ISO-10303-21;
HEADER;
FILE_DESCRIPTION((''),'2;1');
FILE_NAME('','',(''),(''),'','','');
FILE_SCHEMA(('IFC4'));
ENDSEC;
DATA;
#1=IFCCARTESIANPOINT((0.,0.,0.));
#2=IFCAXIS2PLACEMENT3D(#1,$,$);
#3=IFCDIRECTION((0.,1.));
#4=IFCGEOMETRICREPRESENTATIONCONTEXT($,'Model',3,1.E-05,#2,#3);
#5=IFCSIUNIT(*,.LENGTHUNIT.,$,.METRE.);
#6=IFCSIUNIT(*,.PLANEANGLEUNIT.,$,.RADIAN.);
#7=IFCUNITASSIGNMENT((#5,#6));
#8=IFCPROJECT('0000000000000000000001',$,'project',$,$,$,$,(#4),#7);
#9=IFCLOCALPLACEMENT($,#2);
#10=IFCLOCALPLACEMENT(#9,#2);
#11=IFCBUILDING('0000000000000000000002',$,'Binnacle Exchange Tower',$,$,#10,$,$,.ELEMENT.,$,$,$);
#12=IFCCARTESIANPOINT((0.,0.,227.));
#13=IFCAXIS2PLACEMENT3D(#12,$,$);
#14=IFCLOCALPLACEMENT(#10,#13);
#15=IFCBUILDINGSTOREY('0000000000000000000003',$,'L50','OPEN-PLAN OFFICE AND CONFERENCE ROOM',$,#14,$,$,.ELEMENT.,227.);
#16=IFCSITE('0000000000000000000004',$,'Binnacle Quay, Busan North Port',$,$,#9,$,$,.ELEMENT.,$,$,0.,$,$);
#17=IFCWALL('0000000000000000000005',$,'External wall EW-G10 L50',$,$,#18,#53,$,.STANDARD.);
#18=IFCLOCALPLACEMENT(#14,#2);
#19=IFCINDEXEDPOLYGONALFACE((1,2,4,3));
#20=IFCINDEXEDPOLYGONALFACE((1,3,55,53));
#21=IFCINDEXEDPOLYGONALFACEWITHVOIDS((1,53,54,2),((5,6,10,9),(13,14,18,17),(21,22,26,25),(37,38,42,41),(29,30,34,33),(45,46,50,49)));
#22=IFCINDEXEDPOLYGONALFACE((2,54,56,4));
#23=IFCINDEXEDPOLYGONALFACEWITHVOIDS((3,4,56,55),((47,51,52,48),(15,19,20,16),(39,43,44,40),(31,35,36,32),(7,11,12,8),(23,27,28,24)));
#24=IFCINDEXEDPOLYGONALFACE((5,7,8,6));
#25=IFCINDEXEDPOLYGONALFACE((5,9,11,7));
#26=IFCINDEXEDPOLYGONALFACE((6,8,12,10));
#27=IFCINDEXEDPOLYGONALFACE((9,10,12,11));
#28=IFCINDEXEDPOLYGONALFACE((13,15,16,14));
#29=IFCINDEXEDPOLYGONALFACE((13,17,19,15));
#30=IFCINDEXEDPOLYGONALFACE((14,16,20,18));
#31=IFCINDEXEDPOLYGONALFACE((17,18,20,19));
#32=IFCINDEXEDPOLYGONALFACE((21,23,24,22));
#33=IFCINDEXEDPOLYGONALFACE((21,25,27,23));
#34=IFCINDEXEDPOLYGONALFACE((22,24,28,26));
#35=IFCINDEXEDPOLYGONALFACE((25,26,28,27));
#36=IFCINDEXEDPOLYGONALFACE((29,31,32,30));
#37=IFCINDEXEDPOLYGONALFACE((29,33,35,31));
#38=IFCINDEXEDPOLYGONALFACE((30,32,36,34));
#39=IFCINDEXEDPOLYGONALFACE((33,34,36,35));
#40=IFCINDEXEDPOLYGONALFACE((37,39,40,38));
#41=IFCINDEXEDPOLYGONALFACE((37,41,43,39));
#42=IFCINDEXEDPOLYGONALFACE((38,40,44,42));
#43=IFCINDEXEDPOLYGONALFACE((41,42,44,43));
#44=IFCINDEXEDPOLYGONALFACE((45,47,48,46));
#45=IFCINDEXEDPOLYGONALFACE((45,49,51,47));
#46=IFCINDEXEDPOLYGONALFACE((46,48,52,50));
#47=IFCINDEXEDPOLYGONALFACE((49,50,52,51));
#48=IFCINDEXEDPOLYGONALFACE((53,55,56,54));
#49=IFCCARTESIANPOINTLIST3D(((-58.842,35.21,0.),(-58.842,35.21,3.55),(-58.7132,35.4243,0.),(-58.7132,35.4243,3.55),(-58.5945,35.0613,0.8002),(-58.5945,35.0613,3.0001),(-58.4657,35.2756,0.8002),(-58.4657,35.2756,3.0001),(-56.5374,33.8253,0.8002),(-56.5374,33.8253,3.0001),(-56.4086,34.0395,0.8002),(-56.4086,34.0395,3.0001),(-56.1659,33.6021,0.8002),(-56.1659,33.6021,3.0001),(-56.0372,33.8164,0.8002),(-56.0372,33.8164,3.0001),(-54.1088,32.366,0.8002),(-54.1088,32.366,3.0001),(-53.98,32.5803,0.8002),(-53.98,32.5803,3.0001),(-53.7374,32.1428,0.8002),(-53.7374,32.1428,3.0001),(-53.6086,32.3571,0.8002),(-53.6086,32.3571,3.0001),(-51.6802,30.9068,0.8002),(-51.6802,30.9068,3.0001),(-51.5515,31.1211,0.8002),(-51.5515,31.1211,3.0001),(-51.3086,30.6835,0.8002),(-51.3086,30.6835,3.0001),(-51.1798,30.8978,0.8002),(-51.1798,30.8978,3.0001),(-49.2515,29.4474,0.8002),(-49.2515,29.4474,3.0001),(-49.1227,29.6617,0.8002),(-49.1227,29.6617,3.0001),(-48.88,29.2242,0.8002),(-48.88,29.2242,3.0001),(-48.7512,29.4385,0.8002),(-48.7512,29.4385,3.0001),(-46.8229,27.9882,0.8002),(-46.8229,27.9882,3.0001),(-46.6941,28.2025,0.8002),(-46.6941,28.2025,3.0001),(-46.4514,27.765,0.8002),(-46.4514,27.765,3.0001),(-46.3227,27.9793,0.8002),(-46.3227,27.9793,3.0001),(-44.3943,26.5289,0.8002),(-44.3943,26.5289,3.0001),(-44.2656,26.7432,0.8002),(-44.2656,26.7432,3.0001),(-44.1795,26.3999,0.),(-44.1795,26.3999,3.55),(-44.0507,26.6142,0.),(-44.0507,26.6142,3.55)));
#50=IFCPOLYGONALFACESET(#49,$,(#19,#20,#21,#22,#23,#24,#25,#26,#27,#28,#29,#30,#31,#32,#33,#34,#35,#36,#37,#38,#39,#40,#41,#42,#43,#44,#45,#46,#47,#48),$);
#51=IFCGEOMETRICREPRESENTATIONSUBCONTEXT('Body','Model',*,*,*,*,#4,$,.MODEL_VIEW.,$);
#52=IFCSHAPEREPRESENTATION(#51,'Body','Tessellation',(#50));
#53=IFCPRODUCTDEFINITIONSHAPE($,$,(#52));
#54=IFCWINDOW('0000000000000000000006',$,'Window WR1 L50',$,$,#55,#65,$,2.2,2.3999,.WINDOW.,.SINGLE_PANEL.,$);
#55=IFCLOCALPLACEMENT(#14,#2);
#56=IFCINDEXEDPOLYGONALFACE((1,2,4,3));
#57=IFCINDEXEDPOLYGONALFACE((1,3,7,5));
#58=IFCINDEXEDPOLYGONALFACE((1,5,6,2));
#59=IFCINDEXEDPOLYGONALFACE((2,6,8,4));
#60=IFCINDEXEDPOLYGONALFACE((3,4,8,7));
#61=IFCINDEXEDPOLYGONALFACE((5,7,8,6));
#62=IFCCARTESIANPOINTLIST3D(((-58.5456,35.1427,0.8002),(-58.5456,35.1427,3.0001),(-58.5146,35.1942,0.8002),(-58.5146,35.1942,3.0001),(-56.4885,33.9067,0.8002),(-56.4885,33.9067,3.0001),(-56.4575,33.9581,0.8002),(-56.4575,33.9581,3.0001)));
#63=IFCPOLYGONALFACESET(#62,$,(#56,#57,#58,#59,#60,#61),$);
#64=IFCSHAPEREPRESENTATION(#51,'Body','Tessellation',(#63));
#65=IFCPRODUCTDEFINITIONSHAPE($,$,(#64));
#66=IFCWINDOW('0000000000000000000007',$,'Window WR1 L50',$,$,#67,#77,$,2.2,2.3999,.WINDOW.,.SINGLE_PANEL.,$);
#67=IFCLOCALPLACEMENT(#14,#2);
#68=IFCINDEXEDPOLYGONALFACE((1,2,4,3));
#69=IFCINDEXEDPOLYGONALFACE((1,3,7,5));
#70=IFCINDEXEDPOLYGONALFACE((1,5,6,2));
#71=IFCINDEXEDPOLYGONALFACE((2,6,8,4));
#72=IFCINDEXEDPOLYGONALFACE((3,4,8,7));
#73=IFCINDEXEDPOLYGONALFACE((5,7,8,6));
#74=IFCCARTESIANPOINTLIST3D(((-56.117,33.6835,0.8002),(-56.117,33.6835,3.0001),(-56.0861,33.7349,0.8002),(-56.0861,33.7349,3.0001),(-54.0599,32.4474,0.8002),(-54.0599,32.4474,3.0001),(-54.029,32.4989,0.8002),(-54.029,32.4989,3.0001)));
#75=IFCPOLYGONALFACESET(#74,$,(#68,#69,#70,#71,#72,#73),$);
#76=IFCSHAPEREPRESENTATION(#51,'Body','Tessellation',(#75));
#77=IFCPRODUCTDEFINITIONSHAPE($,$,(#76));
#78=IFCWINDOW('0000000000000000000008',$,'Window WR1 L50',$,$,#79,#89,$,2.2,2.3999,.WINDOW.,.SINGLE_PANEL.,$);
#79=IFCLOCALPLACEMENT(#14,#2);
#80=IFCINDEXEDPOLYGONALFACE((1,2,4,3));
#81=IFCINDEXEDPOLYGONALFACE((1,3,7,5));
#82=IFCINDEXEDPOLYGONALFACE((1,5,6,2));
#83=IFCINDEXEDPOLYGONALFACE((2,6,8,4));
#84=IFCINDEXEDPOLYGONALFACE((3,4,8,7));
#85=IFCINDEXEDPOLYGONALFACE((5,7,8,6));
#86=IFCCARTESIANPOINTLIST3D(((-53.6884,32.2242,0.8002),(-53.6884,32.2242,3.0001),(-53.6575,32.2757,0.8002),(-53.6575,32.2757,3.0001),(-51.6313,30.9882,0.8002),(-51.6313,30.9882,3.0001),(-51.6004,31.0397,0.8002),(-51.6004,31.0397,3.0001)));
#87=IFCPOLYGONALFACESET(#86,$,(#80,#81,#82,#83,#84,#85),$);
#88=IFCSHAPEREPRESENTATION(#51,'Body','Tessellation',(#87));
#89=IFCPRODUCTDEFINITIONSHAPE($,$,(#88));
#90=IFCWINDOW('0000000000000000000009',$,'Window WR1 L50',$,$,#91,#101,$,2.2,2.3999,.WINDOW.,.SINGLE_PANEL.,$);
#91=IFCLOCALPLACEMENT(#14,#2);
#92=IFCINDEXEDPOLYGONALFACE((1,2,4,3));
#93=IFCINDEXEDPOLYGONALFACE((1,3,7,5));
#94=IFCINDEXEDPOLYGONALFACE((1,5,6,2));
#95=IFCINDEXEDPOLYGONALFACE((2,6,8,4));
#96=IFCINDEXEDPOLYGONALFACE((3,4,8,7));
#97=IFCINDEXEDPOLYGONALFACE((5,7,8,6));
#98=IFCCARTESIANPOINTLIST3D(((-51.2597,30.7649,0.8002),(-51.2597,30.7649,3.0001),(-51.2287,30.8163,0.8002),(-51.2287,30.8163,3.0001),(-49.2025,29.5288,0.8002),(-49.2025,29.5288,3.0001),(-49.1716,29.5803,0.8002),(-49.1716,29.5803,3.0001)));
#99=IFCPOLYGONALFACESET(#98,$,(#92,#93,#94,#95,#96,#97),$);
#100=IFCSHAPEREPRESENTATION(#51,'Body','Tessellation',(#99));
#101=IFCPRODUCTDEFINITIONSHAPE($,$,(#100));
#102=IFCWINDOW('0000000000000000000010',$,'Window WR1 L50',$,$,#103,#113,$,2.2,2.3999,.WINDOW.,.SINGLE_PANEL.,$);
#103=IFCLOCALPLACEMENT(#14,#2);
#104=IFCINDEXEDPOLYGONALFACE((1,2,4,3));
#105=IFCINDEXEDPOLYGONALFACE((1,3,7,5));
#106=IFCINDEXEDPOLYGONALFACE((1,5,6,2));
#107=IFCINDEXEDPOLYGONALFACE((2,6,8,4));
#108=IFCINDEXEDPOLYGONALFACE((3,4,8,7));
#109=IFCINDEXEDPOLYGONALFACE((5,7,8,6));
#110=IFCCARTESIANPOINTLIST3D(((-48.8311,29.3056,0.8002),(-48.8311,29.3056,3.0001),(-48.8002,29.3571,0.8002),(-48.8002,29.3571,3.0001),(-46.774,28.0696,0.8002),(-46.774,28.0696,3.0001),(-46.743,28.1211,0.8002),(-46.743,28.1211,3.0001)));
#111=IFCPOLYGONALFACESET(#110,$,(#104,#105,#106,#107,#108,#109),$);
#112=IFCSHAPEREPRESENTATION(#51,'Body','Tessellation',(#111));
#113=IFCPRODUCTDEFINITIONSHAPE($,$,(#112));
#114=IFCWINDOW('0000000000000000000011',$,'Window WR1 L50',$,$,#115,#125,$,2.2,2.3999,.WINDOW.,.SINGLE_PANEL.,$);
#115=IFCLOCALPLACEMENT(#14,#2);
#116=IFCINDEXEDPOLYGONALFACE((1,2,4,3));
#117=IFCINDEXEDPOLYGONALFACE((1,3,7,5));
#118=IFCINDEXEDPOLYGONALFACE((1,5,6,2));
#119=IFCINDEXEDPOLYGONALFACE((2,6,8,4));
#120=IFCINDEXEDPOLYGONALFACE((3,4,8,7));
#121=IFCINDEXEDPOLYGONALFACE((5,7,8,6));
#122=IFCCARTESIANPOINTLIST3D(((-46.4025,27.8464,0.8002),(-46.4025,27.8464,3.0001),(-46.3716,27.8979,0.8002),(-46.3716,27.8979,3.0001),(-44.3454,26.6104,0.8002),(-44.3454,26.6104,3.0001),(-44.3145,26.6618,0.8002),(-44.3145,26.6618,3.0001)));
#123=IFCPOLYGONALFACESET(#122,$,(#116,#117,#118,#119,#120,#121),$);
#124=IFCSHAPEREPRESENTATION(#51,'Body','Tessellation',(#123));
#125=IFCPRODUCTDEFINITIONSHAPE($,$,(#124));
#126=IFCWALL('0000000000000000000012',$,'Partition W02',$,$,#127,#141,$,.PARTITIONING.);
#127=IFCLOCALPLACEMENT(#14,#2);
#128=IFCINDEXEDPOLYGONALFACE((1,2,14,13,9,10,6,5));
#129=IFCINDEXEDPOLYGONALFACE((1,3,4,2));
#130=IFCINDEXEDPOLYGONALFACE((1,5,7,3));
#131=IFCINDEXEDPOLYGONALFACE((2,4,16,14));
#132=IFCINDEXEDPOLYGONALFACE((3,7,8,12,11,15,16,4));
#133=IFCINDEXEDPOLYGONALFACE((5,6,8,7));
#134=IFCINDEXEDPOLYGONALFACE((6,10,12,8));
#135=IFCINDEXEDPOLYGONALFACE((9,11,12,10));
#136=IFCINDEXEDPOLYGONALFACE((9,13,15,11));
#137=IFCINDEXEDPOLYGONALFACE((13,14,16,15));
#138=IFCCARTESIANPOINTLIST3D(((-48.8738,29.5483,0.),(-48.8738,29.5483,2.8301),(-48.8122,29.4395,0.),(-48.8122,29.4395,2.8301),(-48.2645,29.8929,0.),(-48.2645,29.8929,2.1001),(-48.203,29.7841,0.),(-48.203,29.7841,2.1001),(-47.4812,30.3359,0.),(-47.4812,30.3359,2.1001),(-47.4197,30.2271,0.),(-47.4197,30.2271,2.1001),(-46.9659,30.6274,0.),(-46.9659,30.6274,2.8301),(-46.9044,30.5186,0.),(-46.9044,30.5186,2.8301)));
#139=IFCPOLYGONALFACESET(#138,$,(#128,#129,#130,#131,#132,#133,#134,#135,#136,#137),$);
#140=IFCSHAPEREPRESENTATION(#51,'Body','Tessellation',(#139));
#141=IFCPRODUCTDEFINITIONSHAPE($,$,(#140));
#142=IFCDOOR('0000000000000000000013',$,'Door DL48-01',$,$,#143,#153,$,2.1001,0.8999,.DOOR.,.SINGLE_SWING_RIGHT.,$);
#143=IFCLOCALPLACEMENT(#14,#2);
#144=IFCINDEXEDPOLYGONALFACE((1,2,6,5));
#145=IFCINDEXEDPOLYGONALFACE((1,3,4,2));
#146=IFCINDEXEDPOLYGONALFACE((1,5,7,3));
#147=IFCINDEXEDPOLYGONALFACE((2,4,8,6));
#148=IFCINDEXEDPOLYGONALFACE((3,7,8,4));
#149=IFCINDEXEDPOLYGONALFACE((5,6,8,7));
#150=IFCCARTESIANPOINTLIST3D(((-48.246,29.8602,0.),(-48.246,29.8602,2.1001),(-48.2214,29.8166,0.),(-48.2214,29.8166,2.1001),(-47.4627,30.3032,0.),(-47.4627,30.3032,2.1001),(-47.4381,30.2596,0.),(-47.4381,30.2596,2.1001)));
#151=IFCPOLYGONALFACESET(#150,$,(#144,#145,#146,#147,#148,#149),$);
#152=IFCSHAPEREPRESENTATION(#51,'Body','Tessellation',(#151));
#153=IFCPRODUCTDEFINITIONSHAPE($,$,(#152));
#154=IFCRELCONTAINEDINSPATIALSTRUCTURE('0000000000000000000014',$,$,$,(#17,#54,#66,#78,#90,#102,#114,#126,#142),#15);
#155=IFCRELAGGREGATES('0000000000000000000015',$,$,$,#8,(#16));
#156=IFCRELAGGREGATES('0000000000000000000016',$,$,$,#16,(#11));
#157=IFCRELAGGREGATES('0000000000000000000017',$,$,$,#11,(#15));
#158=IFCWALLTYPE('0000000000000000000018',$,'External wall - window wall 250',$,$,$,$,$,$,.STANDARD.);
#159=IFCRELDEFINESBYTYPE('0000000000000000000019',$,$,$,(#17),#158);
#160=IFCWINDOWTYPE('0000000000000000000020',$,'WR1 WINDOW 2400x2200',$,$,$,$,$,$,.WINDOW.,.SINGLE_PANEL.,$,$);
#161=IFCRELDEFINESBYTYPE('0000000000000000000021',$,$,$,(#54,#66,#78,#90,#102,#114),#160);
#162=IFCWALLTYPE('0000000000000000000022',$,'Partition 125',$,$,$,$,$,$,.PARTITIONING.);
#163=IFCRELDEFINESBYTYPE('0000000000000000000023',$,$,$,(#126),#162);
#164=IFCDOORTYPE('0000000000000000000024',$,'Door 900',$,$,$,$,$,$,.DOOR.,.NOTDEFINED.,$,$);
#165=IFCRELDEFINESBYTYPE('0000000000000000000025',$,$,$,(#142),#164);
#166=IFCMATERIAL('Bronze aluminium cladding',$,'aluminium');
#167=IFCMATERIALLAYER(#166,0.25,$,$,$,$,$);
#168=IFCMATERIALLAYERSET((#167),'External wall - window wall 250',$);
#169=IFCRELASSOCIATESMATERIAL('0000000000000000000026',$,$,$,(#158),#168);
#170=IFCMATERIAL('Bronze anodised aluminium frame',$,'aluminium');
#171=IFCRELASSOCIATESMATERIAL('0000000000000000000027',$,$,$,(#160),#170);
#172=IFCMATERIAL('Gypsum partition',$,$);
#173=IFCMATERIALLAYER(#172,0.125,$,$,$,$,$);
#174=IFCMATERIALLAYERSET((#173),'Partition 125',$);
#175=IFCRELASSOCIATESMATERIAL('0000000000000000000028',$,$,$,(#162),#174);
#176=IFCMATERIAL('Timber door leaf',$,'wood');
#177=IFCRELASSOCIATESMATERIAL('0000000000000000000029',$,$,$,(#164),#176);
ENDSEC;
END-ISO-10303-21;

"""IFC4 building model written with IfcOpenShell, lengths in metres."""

from ifc_helpers import new_model, si_unit, direction, frame, frame_2d, origin, place, context, subcontext, project, spatial, rectangle, extrude, material, layer, layer_set, type_object, element, fill, save


model = new_model("IFC4")

# Units and contexts
model_context = context("Model", 3, precision=1e-05, world=origin(), true_north=direction((0.0, 1.0)))
body_context = subcontext(model_context, "Body", "Model", "MODEL_VIEW")
ifc_project = project(units=[si_unit("LENGTHUNIT", "METRE"), si_unit("PLANEANGLEUNIT", "RADIAN")], contexts=[model_context])

# Site, building, storey
site_placement = place(None, origin())
site = spatial("IfcSite", under=ifc_project, at=site_placement, Name="Binnacle Quay, Busan North Port", CompositionType="ELEMENT", RefElevation=0.0)
building_placement = place(site_placement, origin())
building = spatial("IfcBuilding", under=site, at=building_placement, Name="Binnacle Exchange Tower", CompositionType="ELEMENT")
storey_placement = place(building_placement, frame((0.0, 0.0, 227.0)))
storey = spatial("IfcBuildingStorey", under=building, at=storey_placement, Name="L50", Description="OPEN-PLAN OFFICE AND CONFERENCE ROOM", CompositionType="ELEMENT", Elevation=227.0)

# Shared definitions
ifc_material_1 = material(Name="Bronze aluminium cladding", Category="aluminium")
ifc_layer_1 = layer(ifc_material_1, 0.25)
ifc_layer_set_1 = layer_set([ifc_layer_1], Name="External wall - window wall 250")
wall_type_1 = type_object("IfcWallType", Name="External wall - window wall 250", PredefinedType="STANDARD", material=ifc_layer_set_1)

# Wall, openings, windows
wall_1_placement = place(storey_placement, frame((-44.1152, 26.5071, 0.0), z_axis=(0.0, 0.0, 1.0), x_axis=(-0.857167, 0.515039, 0.0)))
wall_1 = element("IfcWall", 1, at=wall_1_placement, inside=storey, type_object=wall_type_1, Name="External wall EW-G10 L50", PredefinedType="STANDARD", context=body_context, shape_type="SweptSolid", body=[
    extrude(rectangle(XDim=17.1057, YDim=0.25, at=frame_2d((8.5527, 0.0))), origin(), (0.0, 0.0, 1.0), 3.55),
])
opening_1_placement = place(wall_1_placement, frame((14.417, 0.0, 0.8)))
opening_1 = element("IfcOpeningElement", 2, at=opening_1_placement, cuts=wall_1, PredefinedType="OPENING", context=body_context, shape_type="SweptSolid", body=[
    extrude(rectangle(XDim=2.3999, YDim=2.2, at=frame_2d((1.2, 1.1001))), frame((0.0, 0.135, 0.0), z_axis=(0.0, -1.0, 0.0), x_axis=(1.0, 0.0, 0.0)), (0.0, 0.0, 1.0), 0.27),
])
opening_2_placement = place(wall_1_placement, frame((11.5837, 0.0, 0.8)))
opening_2 = element("IfcOpeningElement", 3, at=opening_2_placement, cuts=wall_1, PredefinedType="OPENING", context=body_context, shape_type="SweptSolid", body=[
    extrude(rectangle(XDim=2.3999, YDim=2.2, at=frame_2d((1.2, 1.1001))), frame((0.0, 0.135, 0.0), z_axis=(0.0, -1.0, 0.0), x_axis=(1.0, 0.0, 0.0)), (0.0, 0.0, 1.0), 0.27),
])
opening_3_placement = place(wall_1_placement, frame((8.7505, 0.0, 0.8)))
opening_3 = element("IfcOpeningElement", 4, at=opening_3_placement, cuts=wall_1, PredefinedType="OPENING", context=body_context, shape_type="SweptSolid", body=[
    extrude(rectangle(XDim=2.3999, YDim=2.2, at=frame_2d((1.2, 1.1001))), frame((0.0, 0.135, 0.0), z_axis=(0.0, -1.0, 0.0), x_axis=(1.0, 0.0, 0.0)), (0.0, 0.0, 1.0), 0.27),
])
opening_4_placement = place(wall_1_placement, frame((5.917, 0.0, 0.8)))
opening_4 = element("IfcOpeningElement", 5, at=opening_4_placement, cuts=wall_1, PredefinedType="OPENING", context=body_context, shape_type="SweptSolid", body=[
    extrude(rectangle(XDim=2.3999, YDim=2.2, at=frame_2d((1.2, 1.1001))), frame((0.0, 0.135, 0.0), z_axis=(0.0, -1.0, 0.0), x_axis=(1.0, 0.0, 0.0)), (0.0, 0.0, 1.0), 0.27),
])
opening_5_placement = place(wall_1_placement, frame((3.0837, 0.0, 0.8)))
opening_5 = element("IfcOpeningElement", 6, at=opening_5_placement, cuts=wall_1, PredefinedType="OPENING", context=body_context, shape_type="SweptSolid", body=[
    extrude(rectangle(XDim=2.3999, YDim=2.2, at=frame_2d((1.2, 1.1001))), frame((0.0, 0.135, 0.0), z_axis=(0.0, -1.0, 0.0), x_axis=(1.0, 0.0, 0.0)), (0.0, 0.0, 1.0), 0.27),
])
opening_6_placement = place(wall_1_placement, frame((0.2505, 0.0, 0.8)))
opening_6 = element("IfcOpeningElement", 7, at=opening_6_placement, cuts=wall_1, PredefinedType="OPENING", context=body_context, shape_type="SweptSolid", body=[
    extrude(rectangle(XDim=2.3999, YDim=2.2, at=frame_2d((1.2, 1.1001))), frame((0.0, 0.135, 0.0), z_axis=(0.0, -1.0, 0.0), x_axis=(1.0, 0.0, 0.0)), (0.0, 0.0, 1.0), 0.27),
])
ifc_material_2 = material(Name="Bronze anodised aluminium frame", Category="aluminium")
window_type = type_object("IfcWindowType", Name="WR1 WINDOW 2400x2200", PartitioningType="SINGLE_PANEL", PredefinedType="WINDOW", material=ifc_material_2)
window_1_placement = place(opening_1_placement, origin())
window_1 = element("IfcWindow", 8, at=window_1_placement, inside=storey, type_object=window_type, Name="Window WR1 L50", OverallHeight=2.2, OverallWidth=2.3999, PartitioningType="SINGLE_PANEL", PredefinedType="WINDOW", context=body_context, shape_type="SweptSolid", body=[
    extrude(rectangle(XDim=2.3999, YDim=2.2, at=frame_2d((1.2, 1.1001))), frame((0.0, 0.03, 0.0), z_axis=(0.0, -1.0, 0.0), x_axis=(1.0, 0.0, 0.0)), (0.0, 0.0, 1.0), 0.0601),
])
fill(opening_1, window_1)
window_2_placement = place(opening_2_placement, origin())
window_2 = element("IfcWindow", 9, at=window_2_placement, inside=storey, type_object=window_type, Name="Window WR1 L50", OverallHeight=2.2, OverallWidth=2.3999, PartitioningType="SINGLE_PANEL", PredefinedType="WINDOW", context=body_context, shape_type="SweptSolid", body=[
    extrude(rectangle(XDim=2.3999, YDim=2.2, at=frame_2d((1.2, 1.1001))), frame((0.0, 0.03, 0.0), z_axis=(0.0, -1.0, 0.0), x_axis=(1.0, 0.0, 0.0)), (0.0, 0.0, 1.0), 0.0601),
])
fill(opening_2, window_2)
window_3_placement = place(opening_3_placement, origin())
window_3 = element("IfcWindow", 10, at=window_3_placement, inside=storey, type_object=window_type, Name="Window WR1 L50", OverallHeight=2.2, OverallWidth=2.3999, PartitioningType="SINGLE_PANEL", PredefinedType="WINDOW", context=body_context, shape_type="SweptSolid", body=[
    extrude(rectangle(XDim=2.3999, YDim=2.2, at=frame_2d((1.2, 1.1001))), frame((0.0, 0.03, 0.0), z_axis=(0.0, -1.0, 0.0), x_axis=(1.0, 0.0, 0.0)), (0.0, 0.0, 1.0), 0.0601),
])
fill(opening_3, window_3)
window_4_placement = place(opening_4_placement, origin())
window_4 = element("IfcWindow", 11, at=window_4_placement, inside=storey, type_object=window_type, Name="Window WR1 L50", OverallHeight=2.2, OverallWidth=2.3999, PartitioningType="SINGLE_PANEL", PredefinedType="WINDOW", context=body_context, shape_type="SweptSolid", body=[
    extrude(rectangle(XDim=2.3999, YDim=2.2, at=frame_2d((1.2, 1.1001))), frame((0.0, 0.03, 0.0), z_axis=(0.0, -1.0, 0.0), x_axis=(1.0, 0.0, 0.0)), (0.0, 0.0, 1.0), 0.0601),
])
fill(opening_4, window_4)
window_5_placement = place(opening_5_placement, origin())
window_5 = element("IfcWindow", 12, at=window_5_placement, inside=storey, type_object=window_type, Name="Window WR1 L50", OverallHeight=2.2, OverallWidth=2.3999, PartitioningType="SINGLE_PANEL", PredefinedType="WINDOW", context=body_context, shape_type="SweptSolid", body=[
    extrude(rectangle(XDim=2.3999, YDim=2.2, at=frame_2d((1.2, 1.1001))), frame((0.0, 0.03, 0.0), z_axis=(0.0, -1.0, 0.0), x_axis=(1.0, 0.0, 0.0)), (0.0, 0.0, 1.0), 0.0601),
])
fill(opening_5, window_5)
window_6_placement = place(opening_6_placement, origin())
window_6 = element("IfcWindow", 13, at=window_6_placement, inside=storey, type_object=window_type, Name="Window WR1 L50", OverallHeight=2.2, OverallWidth=2.3999, PartitioningType="SINGLE_PANEL", PredefinedType="WINDOW", context=body_context, shape_type="SweptSolid", body=[
    extrude(rectangle(XDim=2.3999, YDim=2.2, at=frame_2d((1.2, 1.1001))), frame((0.0, 0.03, 0.0), z_axis=(0.0, -1.0, 0.0), x_axis=(1.0, 0.0, 0.0)), (0.0, 0.0, 1.0), 0.0601),
])
fill(opening_6, window_6)

# Wall, opening, door
ifc_material_3 = material(Name="Gypsum partition")
ifc_layer_2 = layer(ifc_material_3, 0.125)
ifc_layer_set_2 = layer_set([ifc_layer_2], Name="Partition 125")
wall_type_2 = type_object("IfcWallType", Name="Partition 125", PredefinedType="PARTITIONING", material=ifc_layer_set_2)
wall_2_placement = place(storey_placement, frame((-48.843, 29.4939, 0.0), z_axis=(0.0, 0.0, 1.0), x_axis=(0.870428, 0.492296, 0.0)))
wall_2 = element("IfcWall", 14, at=wall_2_placement, inside=storey, type_object=wall_type_2, Name="Partition W02", PredefinedType="PARTITIONING", context=body_context, shape_type="SweptSolid", body=[
    extrude(rectangle(XDim=2.1919, YDim=0.125, at=frame_2d((1.0959, 0.0))), origin(), (0.0, 0.0, 1.0), 2.8301),
])
opening_7_placement = place(wall_2_placement, frame((0.7, 0.0, 0.0)))
opening_7 = element("IfcOpeningElement", 15, at=opening_7_placement, cuts=wall_2, PredefinedType="OPENING", context=body_context, shape_type="SweptSolid", body=[
    extrude(rectangle(XDim=0.8999, YDim=2.1001, at=frame_2d((0.45, 1.05))), frame((0.0, 0.0725, 0.0), z_axis=(0.0, -1.0, 0.0), x_axis=(1.0, 0.0, 0.0)), (0.0, 0.0, 1.0), 0.145),
])
ifc_material_4 = material(Name="Timber door leaf", Category="wood")
door_type_1 = type_object("IfcDoorType", Name="Door 900", OperationType="NOTDEFINED", PredefinedType="DOOR", material=ifc_material_4)
door_1_placement = place(opening_7_placement, origin())
door_1 = element("IfcDoor", 16, at=door_1_placement, inside=storey, type_object=door_type_1, Name="Door DL48-01", OperationType="SINGLE_SWING_RIGHT", OverallHeight=2.1001, OverallWidth=0.8999, PredefinedType="DOOR", context=body_context, shape_type="SweptSolid", body=[
    extrude(rectangle(XDim=0.8999, YDim=2.1001, at=frame_2d((0.45, 1.05))), frame((0.0, 0.0249, 0.0), z_axis=(0.0, -1.0, 0.0), x_axis=(1.0, 0.0, 0.0)), (0.0, 0.0, 1.0), 0.05),
])
fill(opening_7, door_1)

save(model, "model.ifc")
